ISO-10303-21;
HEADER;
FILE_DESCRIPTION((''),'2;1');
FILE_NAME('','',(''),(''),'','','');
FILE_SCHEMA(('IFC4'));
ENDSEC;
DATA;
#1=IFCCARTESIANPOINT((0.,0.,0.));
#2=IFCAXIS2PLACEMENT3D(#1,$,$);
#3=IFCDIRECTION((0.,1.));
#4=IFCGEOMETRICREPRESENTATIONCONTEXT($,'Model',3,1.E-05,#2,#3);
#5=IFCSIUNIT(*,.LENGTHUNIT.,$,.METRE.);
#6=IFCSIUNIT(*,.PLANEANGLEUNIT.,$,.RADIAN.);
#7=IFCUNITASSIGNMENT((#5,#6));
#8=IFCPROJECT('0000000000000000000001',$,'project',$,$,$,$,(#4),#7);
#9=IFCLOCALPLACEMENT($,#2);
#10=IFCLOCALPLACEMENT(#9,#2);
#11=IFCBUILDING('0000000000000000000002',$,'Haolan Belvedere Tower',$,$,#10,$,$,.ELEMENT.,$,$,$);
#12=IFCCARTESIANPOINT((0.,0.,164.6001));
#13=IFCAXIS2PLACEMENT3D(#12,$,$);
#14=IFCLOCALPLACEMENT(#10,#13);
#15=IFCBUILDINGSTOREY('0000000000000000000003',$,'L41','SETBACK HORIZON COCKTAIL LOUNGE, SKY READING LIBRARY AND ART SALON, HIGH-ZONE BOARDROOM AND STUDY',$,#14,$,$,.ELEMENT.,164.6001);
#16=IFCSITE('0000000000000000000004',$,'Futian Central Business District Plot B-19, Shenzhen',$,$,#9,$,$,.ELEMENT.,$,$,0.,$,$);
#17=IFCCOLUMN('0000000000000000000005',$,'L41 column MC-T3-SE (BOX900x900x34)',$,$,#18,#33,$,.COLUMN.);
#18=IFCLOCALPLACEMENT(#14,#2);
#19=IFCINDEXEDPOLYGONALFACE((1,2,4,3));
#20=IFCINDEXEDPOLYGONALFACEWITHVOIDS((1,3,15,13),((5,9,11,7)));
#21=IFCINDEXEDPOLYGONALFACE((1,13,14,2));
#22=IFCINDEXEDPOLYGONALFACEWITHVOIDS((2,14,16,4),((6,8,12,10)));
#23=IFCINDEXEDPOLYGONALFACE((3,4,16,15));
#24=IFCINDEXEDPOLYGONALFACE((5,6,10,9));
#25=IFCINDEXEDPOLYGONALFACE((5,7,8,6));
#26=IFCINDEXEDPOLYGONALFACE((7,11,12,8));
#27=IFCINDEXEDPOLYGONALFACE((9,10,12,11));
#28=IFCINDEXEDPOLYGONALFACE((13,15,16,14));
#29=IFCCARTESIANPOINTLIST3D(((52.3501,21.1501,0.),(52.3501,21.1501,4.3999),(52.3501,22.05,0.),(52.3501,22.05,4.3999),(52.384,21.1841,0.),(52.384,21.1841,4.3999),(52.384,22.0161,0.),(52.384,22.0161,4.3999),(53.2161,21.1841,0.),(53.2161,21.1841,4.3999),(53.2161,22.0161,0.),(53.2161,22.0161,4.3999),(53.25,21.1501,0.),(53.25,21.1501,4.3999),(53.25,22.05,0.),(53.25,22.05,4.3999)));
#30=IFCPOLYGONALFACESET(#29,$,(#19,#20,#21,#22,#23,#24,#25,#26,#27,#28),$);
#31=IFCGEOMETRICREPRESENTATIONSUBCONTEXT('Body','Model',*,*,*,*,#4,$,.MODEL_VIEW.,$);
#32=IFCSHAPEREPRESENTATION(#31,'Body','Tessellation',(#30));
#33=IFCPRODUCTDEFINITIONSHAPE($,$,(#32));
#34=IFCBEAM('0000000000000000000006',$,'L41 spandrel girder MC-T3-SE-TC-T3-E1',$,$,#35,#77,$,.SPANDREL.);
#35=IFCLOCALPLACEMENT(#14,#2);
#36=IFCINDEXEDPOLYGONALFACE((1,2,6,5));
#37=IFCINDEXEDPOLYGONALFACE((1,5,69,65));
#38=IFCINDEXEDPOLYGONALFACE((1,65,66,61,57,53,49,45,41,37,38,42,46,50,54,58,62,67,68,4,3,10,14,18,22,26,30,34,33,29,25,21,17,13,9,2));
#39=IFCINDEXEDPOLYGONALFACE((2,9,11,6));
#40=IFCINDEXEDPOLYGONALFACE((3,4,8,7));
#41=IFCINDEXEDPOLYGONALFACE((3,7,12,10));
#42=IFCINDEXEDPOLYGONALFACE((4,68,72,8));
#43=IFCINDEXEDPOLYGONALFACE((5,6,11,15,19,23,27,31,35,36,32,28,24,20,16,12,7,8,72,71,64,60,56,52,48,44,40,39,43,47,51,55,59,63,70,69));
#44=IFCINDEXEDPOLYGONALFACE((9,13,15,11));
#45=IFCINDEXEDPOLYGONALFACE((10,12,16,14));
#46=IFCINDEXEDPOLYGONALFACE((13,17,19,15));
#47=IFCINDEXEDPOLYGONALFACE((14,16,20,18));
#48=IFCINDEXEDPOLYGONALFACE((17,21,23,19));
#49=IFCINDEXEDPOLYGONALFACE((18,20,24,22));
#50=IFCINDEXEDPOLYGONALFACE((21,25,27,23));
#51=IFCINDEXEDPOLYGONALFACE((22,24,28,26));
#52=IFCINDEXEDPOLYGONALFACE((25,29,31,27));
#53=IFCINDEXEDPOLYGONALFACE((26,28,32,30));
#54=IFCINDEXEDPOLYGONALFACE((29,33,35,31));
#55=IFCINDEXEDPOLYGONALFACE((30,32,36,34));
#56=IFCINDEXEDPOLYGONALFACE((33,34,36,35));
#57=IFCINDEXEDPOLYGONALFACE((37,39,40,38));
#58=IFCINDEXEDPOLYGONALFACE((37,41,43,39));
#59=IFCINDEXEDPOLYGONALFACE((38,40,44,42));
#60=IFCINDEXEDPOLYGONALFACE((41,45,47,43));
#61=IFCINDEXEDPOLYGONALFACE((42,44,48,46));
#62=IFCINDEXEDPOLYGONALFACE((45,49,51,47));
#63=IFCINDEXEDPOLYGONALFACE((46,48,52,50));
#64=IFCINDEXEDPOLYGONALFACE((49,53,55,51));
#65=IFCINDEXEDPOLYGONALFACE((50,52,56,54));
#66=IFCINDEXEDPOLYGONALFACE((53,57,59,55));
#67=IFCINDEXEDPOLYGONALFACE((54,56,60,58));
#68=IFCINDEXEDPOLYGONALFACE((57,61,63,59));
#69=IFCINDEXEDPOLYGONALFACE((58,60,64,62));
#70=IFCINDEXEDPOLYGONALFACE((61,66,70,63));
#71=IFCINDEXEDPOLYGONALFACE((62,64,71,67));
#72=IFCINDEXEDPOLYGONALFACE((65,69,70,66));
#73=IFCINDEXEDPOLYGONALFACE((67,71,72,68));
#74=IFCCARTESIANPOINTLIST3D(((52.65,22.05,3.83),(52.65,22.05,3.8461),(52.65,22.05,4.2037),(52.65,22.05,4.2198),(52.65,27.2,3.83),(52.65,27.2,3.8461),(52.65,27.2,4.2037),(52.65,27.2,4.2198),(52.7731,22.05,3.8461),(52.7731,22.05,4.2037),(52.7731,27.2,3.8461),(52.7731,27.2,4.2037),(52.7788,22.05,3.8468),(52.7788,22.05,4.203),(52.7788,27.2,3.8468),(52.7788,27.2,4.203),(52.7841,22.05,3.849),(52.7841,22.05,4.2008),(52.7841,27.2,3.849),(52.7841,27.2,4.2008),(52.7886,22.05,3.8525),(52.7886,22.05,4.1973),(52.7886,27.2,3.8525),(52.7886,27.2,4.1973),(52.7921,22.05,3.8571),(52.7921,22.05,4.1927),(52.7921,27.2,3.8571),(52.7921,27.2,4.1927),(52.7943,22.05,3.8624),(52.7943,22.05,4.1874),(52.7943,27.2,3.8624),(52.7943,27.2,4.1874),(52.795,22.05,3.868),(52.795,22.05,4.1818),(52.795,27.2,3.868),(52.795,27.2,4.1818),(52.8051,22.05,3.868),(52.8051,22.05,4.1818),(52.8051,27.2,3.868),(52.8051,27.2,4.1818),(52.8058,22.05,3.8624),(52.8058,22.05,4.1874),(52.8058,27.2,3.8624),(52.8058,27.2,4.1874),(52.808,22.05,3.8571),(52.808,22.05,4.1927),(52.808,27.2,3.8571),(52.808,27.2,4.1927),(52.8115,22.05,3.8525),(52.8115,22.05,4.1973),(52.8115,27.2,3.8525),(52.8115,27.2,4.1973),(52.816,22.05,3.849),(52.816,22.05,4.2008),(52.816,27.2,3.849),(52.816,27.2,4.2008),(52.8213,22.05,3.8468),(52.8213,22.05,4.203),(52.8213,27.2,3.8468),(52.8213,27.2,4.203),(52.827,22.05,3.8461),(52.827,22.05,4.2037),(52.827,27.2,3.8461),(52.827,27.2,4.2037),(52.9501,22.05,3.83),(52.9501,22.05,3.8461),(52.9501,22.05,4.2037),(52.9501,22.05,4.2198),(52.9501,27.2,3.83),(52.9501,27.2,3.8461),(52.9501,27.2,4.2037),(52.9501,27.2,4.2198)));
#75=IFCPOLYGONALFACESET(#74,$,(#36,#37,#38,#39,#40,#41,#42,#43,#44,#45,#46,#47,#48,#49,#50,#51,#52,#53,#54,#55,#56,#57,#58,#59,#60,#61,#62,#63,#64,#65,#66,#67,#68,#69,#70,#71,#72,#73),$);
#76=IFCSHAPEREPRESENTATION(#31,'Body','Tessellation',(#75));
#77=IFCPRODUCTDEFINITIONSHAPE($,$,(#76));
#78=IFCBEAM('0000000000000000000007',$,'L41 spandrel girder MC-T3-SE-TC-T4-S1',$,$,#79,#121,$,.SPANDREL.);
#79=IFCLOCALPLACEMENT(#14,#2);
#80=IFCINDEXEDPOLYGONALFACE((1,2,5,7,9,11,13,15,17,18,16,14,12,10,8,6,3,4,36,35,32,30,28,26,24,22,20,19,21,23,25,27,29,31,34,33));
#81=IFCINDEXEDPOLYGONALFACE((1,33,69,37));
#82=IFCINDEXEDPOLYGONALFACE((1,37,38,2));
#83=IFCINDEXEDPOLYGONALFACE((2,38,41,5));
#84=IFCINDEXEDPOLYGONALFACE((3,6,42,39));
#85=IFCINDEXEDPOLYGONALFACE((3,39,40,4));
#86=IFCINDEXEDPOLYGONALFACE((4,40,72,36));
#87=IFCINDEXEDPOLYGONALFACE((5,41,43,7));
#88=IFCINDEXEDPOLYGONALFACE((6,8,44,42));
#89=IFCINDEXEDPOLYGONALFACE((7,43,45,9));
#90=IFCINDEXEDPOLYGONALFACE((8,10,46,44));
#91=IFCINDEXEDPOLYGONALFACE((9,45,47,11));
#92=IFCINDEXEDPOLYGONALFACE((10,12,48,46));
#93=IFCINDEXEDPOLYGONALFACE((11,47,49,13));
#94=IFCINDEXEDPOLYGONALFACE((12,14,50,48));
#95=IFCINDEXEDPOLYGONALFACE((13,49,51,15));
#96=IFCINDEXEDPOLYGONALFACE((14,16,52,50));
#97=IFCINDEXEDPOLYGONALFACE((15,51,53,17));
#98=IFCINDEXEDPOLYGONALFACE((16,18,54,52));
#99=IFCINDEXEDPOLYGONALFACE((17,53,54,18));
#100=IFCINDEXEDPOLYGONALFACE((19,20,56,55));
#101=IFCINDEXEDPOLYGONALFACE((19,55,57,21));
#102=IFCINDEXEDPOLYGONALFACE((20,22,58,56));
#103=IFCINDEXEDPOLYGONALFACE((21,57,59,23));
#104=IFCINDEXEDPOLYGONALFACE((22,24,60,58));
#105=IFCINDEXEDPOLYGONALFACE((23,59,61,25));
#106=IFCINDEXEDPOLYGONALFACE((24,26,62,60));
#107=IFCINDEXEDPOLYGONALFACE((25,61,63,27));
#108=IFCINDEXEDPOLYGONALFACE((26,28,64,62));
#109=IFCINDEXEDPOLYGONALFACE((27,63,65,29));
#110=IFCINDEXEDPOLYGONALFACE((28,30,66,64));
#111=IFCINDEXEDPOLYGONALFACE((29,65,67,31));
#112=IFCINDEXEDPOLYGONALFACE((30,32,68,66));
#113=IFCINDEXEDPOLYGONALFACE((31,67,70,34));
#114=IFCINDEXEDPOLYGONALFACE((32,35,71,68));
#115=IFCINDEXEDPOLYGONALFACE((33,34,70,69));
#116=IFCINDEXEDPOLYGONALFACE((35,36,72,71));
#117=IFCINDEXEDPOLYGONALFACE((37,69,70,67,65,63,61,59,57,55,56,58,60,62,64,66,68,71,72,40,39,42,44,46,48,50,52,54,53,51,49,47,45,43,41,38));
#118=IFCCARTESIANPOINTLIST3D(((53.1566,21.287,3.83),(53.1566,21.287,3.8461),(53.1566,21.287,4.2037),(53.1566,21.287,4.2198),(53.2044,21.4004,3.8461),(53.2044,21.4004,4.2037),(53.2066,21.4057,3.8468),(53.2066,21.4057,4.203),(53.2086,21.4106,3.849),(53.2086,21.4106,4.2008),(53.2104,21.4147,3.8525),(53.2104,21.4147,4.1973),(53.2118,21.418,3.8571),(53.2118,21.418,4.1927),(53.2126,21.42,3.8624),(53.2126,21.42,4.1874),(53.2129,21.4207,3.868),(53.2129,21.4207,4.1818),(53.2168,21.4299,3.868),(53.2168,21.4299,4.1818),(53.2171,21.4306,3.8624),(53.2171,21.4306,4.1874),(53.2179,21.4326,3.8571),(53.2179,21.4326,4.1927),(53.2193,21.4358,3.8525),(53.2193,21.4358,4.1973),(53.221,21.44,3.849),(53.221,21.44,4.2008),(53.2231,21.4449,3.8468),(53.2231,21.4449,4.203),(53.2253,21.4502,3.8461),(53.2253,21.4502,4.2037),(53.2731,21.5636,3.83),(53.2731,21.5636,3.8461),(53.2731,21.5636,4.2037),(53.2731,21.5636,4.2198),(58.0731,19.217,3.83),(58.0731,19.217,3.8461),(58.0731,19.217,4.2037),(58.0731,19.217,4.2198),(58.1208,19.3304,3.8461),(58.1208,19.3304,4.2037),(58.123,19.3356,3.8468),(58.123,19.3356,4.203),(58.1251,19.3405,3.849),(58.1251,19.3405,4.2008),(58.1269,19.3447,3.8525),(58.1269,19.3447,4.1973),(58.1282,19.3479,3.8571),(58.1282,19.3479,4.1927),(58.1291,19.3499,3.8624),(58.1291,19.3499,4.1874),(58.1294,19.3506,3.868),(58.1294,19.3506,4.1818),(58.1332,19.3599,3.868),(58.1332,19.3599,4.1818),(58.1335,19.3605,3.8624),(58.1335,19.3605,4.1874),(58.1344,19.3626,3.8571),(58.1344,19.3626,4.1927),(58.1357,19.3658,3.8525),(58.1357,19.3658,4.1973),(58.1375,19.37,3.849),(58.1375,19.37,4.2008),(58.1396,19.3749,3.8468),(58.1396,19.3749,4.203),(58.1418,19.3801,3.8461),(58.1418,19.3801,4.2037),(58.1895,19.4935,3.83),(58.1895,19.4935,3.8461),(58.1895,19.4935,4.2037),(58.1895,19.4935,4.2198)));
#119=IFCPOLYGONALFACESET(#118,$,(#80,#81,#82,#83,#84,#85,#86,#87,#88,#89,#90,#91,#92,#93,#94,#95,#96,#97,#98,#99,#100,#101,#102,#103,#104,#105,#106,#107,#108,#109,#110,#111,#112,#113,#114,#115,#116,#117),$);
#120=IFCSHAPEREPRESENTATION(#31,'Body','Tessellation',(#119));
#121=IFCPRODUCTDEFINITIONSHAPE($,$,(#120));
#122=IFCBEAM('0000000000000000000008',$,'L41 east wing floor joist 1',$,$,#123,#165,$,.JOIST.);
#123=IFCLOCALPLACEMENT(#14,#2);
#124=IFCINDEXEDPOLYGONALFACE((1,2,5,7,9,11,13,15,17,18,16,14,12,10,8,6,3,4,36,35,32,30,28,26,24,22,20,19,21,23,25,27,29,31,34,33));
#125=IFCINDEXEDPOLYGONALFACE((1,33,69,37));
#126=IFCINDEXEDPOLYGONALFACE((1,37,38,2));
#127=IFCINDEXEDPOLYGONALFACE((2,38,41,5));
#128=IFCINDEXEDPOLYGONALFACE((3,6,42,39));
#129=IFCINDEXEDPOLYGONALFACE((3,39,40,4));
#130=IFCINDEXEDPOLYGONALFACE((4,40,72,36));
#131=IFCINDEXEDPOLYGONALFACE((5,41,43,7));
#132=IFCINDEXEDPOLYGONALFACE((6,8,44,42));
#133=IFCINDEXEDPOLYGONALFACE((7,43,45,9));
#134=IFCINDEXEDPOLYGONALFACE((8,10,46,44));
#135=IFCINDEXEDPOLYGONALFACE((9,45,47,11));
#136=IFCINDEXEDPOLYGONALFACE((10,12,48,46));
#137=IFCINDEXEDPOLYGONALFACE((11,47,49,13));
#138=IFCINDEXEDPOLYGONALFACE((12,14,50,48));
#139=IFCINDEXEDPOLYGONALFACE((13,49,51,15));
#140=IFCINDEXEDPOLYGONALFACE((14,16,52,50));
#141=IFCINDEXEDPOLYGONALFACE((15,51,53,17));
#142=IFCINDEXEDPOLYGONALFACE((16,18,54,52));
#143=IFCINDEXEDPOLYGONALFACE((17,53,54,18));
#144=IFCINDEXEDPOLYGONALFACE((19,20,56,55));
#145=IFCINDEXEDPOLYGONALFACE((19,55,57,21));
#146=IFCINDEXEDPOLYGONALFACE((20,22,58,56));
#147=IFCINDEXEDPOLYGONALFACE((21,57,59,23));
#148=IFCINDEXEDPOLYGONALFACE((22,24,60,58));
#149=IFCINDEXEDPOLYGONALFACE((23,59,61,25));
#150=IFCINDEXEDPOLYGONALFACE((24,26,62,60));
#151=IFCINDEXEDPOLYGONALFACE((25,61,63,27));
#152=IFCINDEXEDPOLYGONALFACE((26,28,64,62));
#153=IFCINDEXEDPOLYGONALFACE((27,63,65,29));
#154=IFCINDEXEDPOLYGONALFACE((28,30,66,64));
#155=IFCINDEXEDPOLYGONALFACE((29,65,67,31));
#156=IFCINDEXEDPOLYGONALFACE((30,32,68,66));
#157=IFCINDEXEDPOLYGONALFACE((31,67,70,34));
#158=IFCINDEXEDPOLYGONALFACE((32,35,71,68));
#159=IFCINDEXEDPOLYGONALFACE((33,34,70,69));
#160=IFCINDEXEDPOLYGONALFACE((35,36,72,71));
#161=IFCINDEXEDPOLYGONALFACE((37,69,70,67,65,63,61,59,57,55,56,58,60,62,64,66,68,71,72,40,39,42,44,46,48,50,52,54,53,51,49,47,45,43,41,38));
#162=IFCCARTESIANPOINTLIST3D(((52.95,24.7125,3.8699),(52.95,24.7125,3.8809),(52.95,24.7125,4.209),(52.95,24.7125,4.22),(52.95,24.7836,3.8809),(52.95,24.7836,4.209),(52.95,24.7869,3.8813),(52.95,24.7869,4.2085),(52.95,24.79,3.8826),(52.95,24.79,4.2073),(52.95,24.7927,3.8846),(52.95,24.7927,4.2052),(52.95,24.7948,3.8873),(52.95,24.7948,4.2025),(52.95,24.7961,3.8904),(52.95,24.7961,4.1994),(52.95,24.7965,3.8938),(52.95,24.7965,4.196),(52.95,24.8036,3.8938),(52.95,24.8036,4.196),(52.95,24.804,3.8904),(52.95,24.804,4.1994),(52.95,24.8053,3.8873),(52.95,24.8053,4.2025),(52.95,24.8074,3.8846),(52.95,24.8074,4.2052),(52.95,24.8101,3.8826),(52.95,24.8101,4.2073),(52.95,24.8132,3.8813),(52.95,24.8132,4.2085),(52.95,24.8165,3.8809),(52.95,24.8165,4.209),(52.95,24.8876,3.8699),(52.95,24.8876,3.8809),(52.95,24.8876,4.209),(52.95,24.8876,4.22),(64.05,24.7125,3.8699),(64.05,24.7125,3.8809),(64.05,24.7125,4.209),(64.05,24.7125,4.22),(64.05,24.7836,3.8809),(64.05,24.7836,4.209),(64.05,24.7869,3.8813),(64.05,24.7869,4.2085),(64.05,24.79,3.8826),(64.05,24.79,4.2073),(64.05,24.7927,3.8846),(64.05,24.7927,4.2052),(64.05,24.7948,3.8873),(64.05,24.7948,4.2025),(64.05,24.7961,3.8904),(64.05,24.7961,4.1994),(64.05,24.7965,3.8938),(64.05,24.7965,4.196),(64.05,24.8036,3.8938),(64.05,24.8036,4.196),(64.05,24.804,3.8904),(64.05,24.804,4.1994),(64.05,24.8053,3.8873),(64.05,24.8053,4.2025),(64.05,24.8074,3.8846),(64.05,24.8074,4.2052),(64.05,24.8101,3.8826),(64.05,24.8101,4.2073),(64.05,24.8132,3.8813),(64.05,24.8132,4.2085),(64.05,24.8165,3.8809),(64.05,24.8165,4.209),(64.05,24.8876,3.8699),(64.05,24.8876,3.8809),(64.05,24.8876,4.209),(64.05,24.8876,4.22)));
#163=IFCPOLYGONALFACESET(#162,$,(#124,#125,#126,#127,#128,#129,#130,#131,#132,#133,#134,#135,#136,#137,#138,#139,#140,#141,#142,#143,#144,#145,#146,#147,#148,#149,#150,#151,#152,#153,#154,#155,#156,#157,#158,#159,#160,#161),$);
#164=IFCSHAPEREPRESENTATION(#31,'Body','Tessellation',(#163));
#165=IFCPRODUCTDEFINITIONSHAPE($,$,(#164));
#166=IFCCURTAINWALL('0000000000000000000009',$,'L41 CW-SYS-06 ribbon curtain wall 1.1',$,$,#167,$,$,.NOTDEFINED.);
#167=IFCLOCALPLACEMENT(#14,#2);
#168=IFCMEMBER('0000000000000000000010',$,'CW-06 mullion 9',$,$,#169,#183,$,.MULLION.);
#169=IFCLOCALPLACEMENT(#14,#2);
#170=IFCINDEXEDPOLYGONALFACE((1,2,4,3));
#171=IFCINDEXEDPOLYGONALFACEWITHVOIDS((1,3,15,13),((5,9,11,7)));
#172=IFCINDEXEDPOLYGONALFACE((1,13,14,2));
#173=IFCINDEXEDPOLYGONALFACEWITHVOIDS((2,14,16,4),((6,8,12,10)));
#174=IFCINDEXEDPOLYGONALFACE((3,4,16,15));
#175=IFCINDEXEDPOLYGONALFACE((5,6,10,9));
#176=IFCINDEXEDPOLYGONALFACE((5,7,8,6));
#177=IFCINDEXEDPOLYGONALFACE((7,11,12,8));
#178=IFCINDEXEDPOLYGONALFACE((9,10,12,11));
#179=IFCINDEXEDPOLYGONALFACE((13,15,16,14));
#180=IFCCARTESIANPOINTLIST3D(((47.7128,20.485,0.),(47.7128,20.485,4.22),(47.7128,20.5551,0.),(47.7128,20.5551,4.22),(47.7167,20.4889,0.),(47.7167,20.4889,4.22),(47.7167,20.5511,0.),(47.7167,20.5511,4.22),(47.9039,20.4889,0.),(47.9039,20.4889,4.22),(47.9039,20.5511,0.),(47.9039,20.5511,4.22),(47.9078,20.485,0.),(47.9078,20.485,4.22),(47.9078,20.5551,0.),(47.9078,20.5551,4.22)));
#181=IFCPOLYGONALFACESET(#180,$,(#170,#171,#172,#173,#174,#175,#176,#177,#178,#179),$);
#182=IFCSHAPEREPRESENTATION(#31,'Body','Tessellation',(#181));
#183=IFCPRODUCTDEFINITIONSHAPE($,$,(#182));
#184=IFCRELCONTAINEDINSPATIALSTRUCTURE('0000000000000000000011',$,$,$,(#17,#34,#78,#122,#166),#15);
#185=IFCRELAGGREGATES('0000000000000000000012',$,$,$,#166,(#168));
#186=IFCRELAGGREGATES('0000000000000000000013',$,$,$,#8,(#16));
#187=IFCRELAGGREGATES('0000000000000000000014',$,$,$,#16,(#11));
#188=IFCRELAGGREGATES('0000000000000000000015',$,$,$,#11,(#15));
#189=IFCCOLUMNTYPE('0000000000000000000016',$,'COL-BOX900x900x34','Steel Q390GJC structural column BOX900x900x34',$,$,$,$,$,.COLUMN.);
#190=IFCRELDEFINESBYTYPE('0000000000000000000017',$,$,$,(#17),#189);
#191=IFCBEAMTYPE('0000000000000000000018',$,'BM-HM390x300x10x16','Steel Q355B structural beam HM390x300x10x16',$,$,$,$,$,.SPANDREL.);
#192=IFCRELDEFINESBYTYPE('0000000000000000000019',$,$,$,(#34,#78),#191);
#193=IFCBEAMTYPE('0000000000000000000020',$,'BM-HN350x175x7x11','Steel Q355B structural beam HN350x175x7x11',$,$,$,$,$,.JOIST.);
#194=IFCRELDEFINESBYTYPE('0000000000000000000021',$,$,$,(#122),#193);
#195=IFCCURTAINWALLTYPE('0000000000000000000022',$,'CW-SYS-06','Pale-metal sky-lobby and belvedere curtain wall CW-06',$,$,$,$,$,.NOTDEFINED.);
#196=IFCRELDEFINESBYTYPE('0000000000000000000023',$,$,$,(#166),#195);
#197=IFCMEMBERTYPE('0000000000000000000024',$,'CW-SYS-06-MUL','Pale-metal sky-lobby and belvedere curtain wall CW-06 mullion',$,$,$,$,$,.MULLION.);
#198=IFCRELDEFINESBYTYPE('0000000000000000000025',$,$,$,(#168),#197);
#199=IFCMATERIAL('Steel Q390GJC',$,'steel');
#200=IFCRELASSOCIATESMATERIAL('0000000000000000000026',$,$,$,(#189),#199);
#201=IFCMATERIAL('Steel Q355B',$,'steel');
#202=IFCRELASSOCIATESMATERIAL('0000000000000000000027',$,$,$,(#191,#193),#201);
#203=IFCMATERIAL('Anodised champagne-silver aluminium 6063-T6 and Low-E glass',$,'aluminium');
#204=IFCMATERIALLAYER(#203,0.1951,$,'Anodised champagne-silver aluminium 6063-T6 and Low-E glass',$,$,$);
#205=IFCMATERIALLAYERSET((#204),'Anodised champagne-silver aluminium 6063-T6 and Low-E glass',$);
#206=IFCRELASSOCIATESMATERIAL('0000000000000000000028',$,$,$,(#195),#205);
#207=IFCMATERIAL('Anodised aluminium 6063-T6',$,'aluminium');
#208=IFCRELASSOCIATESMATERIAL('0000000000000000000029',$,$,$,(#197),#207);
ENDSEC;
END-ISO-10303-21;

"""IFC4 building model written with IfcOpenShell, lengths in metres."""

from ifc_helpers import new_model, si_unit, direction, frame, origin, origin_2d, place, context, subcontext, project, spatial, hollow_rectangle, i_section, extrude, material, layer, layer_set, material_profile, profile_set, type_object, element, aggregate, save


model = new_model("IFC4")

# Units and contexts
model_context = context("Model", 3, precision=1e-05, world=origin(), true_north=direction((0.0, 1.0)))
body_context = subcontext(model_context, "Body", "Model", "MODEL_VIEW")
ifc_project = project(units=[si_unit("LENGTHUNIT", "METRE"), si_unit("PLANEANGLEUNIT", "RADIAN")], contexts=[model_context])

# Site, building, storey
site_placement = place(None, origin())
site = spatial("IfcSite", under=ifc_project, at=site_placement, Name="Futian Central Business District Plot B-19, Shenzhen", CompositionType="ELEMENT", RefElevation=0.0)
building_placement = place(site_placement, origin())
building = spatial("IfcBuilding", under=site, at=building_placement, Name="Haolan Belvedere Tower", CompositionType="ELEMENT")
storey_placement = place(building_placement, frame((0.0, 0.0, 164.6001)))
storey = spatial("IfcBuildingStorey", under=building, at=storey_placement, Name="L41", Description="SETBACK HORIZON COCKTAIL LOUNGE, SKY READING LIBRARY AND ART SALON, HIGH-ZONE BOARDROOM AND STUDY", CompositionType="ELEMENT", Elevation=164.6001)

# Column
ifc_material_1 = material(Name="Steel Q390GJC", Category="steel")
ifc_material_profile_1 = material_profile(ifc_material_1, hollow_rectangle(XDim=0.8999, YDim=0.8999, WallThickness=0.0339, at=origin_2d()), Name="Steel Q390GJC")
ifc_profile_set_1 = profile_set([ifc_material_profile_1], Name="Steel Q390GJC")
column_type = type_object("IfcColumnType", Name="COL-BOX900x900x34", Description="Steel Q390GJC structural column BOX900x900x34", PredefinedType="COLUMN", material=ifc_profile_set_1)
column_placement = place(storey_placement, frame((52.8, 21.6001, 0.0), z_axis=(0.0, 0.0, 1.0), x_axis=(1.0, 0.0, 0.0)))
element("IfcColumn", 1, at=column_placement, inside=storey, type_object=column_type, Name="L41 column MC-T3-SE (BOX900x900x34)", PredefinedType="COLUMN", context=body_context, shape_type="SweptSolid", body=[
    extrude(hollow_rectangle(XDim=0.8999, YDim=0.8999, WallThickness=0.0339, at=origin_2d()), origin(), (0.0, 0.0, 1.0), 4.3999),
])

# Beams
ifc_material_2 = material(Name="Steel Q355B", Category="steel")
ifc_material_profile_2 = material_profile(ifc_material_2, i_section(OverallWidth=0.3, OverallDepth=0.3899, WebThickness=0.01, FlangeThickness=0.0161, FilletRadius=0.022, at=origin_2d()), Name="Steel Q355B")
ifc_profile_set_2 = profile_set([ifc_material_profile_2], Name="Steel Q355B")
beam_type_1 = type_object("IfcBeamType", Name="BM-HM390x300x10x16", Description="Steel Q355B structural beam HM390x300x10x16", PredefinedType="SPANDREL", material=ifc_profile_set_2)
beam_1_placement = place(storey_placement, frame((52.8, 22.05, 4.0249), z_axis=(0.0, 1.0, 0.0), x_axis=(-1.0, 0.0, 0.0)))
element("IfcBeam", 2, at=beam_1_placement, inside=storey, type_object=beam_type_1, Name="L41 spandrel girder MC-T3-SE-TC-T3-E1", PredefinedType="SPANDREL", context=body_context, shape_type="SweptSolid", body=[
    extrude(i_section(OverallWidth=0.3, OverallDepth=0.3899, WebThickness=0.01, FlangeThickness=0.0161, FilletRadius=0.022, at=origin_2d()), origin(), (0.0, 0.0, 1.0), 5.1499),
])
beam_2_placement = place(storey_placement, frame((53.2148, 21.4253, 4.0249), z_axis=(0.921638, -0.388051, 0.0), x_axis=(0.388051, 0.921638, 0.0)))
element("IfcBeam", 3, at=beam_2_placement, inside=storey, type_object=beam_type_1, Name="L41 spandrel girder MC-T3-SE-TC-T4-S1", PredefinedType="SPANDREL", context=body_context, shape_type="SweptSolid", body=[
    extrude(i_section(OverallWidth=0.3, OverallDepth=0.3899, WebThickness=0.01, FlangeThickness=0.0161, FilletRadius=0.022, at=origin_2d()), origin(), (0.0, 0.0, 1.0), 5.3345),
])
ifc_material_profile_3 = material_profile(ifc_material_2, i_section(OverallWidth=0.175, OverallDepth=0.3501, WebThickness=0.0071, FlangeThickness=0.011, FilletRadius=0.0129, at=origin_2d()), Name="Steel Q355B")
ifc_profile_set_3 = profile_set([ifc_material_profile_3], Name="Steel Q355B")
beam_type_2 = type_object("IfcBeamType", Name="BM-HN350x175x7x11", Description="Steel Q355B structural beam HN350x175x7x11", PredefinedType="JOIST", material=ifc_profile_set_3)
beam_3_placement = place(storey_placement, frame((52.95, 24.8, 4.0449), z_axis=(1.0, 0.0, 0.0), x_axis=(0.0, 1.0, 0.0)))
element("IfcBeam", 4, at=beam_3_placement, inside=storey, type_object=beam_type_2, Name="L41 east wing floor joist 1", PredefinedType="JOIST", context=body_context, shape_type="SweptSolid", body=[
    extrude(i_section(OverallWidth=0.175, OverallDepth=0.3501, WebThickness=0.0071, FlangeThickness=0.011, FilletRadius=0.0129, at=origin_2d()), origin(), (0.0, 0.0, 1.0), 11.1001),
])

# Curtain wall, member
ifc_material_3 = material(Name="Anodised champagne-silver aluminium 6063-T6 and Low-E glass", Category="aluminium")
ifc_layer_1 = layer(ifc_material_3, 0.1951, Name="Anodised champagne-silver aluminium 6063-T6 and Low-E glass")
ifc_layer_set_1 = layer_set([ifc_layer_1], Name="Anodised champagne-silver aluminium 6063-T6 and Low-E glass")
curtain_wall_type = type_object("IfcCurtainWallType", Name="CW-SYS-06", Description="Pale-metal sky-lobby and belvedere curtain wall CW-06", PredefinedType="NOTDEFINED", material=ifc_layer_set_1)
curtain_wall_1_placement = place(storey_placement, origin())
curtain_wall_1 = element("IfcCurtainWall", 5, at=curtain_wall_1_placement, inside=storey, type_object=curtain_wall_type, Name="L41 CW-SYS-06 ribbon curtain wall 1.1", PredefinedType="NOTDEFINED")
ifc_material_4 = material(Name="Anodised aluminium 6063-T6", Category="aluminium")
ifc_material_profile_4 = material_profile(ifc_material_4, hollow_rectangle(XDim=0.0701, YDim=0.1951, WallThickness=0.0039, at=origin_2d()), Name="Anodised aluminium 6063-T6")
ifc_profile_set_4 = profile_set([ifc_material_profile_4], Name="Anodised aluminium 6063-T6")
member_type_1 = type_object("IfcMemberType", Name="CW-SYS-06-MUL", Description="Pale-metal sky-lobby and belvedere curtain wall CW-06 mullion", PredefinedType="MULLION", material=ifc_profile_set_4)
member_1_placement = place(storey_placement, frame((47.8103, 20.52, 0.0), z_axis=(0.0, 0.0, 1.0), x_axis=(0.0, 1.0, 0.0)))
member_1 = element("IfcMember", 6, at=member_1_placement, type_object=member_type_1, Name="CW-06 mullion 9", PredefinedType="MULLION", context=body_context, shape_type="SweptSolid", body=[
    extrude(hollow_rectangle(XDim=0.0701, YDim=0.1951, WallThickness=0.0039, at=origin_2d()), origin(), (0.0, 0.0, 1.0), 4.22),
])

aggregate(curtain_wall_1, [member_1])

save(model, "model.ifc")
